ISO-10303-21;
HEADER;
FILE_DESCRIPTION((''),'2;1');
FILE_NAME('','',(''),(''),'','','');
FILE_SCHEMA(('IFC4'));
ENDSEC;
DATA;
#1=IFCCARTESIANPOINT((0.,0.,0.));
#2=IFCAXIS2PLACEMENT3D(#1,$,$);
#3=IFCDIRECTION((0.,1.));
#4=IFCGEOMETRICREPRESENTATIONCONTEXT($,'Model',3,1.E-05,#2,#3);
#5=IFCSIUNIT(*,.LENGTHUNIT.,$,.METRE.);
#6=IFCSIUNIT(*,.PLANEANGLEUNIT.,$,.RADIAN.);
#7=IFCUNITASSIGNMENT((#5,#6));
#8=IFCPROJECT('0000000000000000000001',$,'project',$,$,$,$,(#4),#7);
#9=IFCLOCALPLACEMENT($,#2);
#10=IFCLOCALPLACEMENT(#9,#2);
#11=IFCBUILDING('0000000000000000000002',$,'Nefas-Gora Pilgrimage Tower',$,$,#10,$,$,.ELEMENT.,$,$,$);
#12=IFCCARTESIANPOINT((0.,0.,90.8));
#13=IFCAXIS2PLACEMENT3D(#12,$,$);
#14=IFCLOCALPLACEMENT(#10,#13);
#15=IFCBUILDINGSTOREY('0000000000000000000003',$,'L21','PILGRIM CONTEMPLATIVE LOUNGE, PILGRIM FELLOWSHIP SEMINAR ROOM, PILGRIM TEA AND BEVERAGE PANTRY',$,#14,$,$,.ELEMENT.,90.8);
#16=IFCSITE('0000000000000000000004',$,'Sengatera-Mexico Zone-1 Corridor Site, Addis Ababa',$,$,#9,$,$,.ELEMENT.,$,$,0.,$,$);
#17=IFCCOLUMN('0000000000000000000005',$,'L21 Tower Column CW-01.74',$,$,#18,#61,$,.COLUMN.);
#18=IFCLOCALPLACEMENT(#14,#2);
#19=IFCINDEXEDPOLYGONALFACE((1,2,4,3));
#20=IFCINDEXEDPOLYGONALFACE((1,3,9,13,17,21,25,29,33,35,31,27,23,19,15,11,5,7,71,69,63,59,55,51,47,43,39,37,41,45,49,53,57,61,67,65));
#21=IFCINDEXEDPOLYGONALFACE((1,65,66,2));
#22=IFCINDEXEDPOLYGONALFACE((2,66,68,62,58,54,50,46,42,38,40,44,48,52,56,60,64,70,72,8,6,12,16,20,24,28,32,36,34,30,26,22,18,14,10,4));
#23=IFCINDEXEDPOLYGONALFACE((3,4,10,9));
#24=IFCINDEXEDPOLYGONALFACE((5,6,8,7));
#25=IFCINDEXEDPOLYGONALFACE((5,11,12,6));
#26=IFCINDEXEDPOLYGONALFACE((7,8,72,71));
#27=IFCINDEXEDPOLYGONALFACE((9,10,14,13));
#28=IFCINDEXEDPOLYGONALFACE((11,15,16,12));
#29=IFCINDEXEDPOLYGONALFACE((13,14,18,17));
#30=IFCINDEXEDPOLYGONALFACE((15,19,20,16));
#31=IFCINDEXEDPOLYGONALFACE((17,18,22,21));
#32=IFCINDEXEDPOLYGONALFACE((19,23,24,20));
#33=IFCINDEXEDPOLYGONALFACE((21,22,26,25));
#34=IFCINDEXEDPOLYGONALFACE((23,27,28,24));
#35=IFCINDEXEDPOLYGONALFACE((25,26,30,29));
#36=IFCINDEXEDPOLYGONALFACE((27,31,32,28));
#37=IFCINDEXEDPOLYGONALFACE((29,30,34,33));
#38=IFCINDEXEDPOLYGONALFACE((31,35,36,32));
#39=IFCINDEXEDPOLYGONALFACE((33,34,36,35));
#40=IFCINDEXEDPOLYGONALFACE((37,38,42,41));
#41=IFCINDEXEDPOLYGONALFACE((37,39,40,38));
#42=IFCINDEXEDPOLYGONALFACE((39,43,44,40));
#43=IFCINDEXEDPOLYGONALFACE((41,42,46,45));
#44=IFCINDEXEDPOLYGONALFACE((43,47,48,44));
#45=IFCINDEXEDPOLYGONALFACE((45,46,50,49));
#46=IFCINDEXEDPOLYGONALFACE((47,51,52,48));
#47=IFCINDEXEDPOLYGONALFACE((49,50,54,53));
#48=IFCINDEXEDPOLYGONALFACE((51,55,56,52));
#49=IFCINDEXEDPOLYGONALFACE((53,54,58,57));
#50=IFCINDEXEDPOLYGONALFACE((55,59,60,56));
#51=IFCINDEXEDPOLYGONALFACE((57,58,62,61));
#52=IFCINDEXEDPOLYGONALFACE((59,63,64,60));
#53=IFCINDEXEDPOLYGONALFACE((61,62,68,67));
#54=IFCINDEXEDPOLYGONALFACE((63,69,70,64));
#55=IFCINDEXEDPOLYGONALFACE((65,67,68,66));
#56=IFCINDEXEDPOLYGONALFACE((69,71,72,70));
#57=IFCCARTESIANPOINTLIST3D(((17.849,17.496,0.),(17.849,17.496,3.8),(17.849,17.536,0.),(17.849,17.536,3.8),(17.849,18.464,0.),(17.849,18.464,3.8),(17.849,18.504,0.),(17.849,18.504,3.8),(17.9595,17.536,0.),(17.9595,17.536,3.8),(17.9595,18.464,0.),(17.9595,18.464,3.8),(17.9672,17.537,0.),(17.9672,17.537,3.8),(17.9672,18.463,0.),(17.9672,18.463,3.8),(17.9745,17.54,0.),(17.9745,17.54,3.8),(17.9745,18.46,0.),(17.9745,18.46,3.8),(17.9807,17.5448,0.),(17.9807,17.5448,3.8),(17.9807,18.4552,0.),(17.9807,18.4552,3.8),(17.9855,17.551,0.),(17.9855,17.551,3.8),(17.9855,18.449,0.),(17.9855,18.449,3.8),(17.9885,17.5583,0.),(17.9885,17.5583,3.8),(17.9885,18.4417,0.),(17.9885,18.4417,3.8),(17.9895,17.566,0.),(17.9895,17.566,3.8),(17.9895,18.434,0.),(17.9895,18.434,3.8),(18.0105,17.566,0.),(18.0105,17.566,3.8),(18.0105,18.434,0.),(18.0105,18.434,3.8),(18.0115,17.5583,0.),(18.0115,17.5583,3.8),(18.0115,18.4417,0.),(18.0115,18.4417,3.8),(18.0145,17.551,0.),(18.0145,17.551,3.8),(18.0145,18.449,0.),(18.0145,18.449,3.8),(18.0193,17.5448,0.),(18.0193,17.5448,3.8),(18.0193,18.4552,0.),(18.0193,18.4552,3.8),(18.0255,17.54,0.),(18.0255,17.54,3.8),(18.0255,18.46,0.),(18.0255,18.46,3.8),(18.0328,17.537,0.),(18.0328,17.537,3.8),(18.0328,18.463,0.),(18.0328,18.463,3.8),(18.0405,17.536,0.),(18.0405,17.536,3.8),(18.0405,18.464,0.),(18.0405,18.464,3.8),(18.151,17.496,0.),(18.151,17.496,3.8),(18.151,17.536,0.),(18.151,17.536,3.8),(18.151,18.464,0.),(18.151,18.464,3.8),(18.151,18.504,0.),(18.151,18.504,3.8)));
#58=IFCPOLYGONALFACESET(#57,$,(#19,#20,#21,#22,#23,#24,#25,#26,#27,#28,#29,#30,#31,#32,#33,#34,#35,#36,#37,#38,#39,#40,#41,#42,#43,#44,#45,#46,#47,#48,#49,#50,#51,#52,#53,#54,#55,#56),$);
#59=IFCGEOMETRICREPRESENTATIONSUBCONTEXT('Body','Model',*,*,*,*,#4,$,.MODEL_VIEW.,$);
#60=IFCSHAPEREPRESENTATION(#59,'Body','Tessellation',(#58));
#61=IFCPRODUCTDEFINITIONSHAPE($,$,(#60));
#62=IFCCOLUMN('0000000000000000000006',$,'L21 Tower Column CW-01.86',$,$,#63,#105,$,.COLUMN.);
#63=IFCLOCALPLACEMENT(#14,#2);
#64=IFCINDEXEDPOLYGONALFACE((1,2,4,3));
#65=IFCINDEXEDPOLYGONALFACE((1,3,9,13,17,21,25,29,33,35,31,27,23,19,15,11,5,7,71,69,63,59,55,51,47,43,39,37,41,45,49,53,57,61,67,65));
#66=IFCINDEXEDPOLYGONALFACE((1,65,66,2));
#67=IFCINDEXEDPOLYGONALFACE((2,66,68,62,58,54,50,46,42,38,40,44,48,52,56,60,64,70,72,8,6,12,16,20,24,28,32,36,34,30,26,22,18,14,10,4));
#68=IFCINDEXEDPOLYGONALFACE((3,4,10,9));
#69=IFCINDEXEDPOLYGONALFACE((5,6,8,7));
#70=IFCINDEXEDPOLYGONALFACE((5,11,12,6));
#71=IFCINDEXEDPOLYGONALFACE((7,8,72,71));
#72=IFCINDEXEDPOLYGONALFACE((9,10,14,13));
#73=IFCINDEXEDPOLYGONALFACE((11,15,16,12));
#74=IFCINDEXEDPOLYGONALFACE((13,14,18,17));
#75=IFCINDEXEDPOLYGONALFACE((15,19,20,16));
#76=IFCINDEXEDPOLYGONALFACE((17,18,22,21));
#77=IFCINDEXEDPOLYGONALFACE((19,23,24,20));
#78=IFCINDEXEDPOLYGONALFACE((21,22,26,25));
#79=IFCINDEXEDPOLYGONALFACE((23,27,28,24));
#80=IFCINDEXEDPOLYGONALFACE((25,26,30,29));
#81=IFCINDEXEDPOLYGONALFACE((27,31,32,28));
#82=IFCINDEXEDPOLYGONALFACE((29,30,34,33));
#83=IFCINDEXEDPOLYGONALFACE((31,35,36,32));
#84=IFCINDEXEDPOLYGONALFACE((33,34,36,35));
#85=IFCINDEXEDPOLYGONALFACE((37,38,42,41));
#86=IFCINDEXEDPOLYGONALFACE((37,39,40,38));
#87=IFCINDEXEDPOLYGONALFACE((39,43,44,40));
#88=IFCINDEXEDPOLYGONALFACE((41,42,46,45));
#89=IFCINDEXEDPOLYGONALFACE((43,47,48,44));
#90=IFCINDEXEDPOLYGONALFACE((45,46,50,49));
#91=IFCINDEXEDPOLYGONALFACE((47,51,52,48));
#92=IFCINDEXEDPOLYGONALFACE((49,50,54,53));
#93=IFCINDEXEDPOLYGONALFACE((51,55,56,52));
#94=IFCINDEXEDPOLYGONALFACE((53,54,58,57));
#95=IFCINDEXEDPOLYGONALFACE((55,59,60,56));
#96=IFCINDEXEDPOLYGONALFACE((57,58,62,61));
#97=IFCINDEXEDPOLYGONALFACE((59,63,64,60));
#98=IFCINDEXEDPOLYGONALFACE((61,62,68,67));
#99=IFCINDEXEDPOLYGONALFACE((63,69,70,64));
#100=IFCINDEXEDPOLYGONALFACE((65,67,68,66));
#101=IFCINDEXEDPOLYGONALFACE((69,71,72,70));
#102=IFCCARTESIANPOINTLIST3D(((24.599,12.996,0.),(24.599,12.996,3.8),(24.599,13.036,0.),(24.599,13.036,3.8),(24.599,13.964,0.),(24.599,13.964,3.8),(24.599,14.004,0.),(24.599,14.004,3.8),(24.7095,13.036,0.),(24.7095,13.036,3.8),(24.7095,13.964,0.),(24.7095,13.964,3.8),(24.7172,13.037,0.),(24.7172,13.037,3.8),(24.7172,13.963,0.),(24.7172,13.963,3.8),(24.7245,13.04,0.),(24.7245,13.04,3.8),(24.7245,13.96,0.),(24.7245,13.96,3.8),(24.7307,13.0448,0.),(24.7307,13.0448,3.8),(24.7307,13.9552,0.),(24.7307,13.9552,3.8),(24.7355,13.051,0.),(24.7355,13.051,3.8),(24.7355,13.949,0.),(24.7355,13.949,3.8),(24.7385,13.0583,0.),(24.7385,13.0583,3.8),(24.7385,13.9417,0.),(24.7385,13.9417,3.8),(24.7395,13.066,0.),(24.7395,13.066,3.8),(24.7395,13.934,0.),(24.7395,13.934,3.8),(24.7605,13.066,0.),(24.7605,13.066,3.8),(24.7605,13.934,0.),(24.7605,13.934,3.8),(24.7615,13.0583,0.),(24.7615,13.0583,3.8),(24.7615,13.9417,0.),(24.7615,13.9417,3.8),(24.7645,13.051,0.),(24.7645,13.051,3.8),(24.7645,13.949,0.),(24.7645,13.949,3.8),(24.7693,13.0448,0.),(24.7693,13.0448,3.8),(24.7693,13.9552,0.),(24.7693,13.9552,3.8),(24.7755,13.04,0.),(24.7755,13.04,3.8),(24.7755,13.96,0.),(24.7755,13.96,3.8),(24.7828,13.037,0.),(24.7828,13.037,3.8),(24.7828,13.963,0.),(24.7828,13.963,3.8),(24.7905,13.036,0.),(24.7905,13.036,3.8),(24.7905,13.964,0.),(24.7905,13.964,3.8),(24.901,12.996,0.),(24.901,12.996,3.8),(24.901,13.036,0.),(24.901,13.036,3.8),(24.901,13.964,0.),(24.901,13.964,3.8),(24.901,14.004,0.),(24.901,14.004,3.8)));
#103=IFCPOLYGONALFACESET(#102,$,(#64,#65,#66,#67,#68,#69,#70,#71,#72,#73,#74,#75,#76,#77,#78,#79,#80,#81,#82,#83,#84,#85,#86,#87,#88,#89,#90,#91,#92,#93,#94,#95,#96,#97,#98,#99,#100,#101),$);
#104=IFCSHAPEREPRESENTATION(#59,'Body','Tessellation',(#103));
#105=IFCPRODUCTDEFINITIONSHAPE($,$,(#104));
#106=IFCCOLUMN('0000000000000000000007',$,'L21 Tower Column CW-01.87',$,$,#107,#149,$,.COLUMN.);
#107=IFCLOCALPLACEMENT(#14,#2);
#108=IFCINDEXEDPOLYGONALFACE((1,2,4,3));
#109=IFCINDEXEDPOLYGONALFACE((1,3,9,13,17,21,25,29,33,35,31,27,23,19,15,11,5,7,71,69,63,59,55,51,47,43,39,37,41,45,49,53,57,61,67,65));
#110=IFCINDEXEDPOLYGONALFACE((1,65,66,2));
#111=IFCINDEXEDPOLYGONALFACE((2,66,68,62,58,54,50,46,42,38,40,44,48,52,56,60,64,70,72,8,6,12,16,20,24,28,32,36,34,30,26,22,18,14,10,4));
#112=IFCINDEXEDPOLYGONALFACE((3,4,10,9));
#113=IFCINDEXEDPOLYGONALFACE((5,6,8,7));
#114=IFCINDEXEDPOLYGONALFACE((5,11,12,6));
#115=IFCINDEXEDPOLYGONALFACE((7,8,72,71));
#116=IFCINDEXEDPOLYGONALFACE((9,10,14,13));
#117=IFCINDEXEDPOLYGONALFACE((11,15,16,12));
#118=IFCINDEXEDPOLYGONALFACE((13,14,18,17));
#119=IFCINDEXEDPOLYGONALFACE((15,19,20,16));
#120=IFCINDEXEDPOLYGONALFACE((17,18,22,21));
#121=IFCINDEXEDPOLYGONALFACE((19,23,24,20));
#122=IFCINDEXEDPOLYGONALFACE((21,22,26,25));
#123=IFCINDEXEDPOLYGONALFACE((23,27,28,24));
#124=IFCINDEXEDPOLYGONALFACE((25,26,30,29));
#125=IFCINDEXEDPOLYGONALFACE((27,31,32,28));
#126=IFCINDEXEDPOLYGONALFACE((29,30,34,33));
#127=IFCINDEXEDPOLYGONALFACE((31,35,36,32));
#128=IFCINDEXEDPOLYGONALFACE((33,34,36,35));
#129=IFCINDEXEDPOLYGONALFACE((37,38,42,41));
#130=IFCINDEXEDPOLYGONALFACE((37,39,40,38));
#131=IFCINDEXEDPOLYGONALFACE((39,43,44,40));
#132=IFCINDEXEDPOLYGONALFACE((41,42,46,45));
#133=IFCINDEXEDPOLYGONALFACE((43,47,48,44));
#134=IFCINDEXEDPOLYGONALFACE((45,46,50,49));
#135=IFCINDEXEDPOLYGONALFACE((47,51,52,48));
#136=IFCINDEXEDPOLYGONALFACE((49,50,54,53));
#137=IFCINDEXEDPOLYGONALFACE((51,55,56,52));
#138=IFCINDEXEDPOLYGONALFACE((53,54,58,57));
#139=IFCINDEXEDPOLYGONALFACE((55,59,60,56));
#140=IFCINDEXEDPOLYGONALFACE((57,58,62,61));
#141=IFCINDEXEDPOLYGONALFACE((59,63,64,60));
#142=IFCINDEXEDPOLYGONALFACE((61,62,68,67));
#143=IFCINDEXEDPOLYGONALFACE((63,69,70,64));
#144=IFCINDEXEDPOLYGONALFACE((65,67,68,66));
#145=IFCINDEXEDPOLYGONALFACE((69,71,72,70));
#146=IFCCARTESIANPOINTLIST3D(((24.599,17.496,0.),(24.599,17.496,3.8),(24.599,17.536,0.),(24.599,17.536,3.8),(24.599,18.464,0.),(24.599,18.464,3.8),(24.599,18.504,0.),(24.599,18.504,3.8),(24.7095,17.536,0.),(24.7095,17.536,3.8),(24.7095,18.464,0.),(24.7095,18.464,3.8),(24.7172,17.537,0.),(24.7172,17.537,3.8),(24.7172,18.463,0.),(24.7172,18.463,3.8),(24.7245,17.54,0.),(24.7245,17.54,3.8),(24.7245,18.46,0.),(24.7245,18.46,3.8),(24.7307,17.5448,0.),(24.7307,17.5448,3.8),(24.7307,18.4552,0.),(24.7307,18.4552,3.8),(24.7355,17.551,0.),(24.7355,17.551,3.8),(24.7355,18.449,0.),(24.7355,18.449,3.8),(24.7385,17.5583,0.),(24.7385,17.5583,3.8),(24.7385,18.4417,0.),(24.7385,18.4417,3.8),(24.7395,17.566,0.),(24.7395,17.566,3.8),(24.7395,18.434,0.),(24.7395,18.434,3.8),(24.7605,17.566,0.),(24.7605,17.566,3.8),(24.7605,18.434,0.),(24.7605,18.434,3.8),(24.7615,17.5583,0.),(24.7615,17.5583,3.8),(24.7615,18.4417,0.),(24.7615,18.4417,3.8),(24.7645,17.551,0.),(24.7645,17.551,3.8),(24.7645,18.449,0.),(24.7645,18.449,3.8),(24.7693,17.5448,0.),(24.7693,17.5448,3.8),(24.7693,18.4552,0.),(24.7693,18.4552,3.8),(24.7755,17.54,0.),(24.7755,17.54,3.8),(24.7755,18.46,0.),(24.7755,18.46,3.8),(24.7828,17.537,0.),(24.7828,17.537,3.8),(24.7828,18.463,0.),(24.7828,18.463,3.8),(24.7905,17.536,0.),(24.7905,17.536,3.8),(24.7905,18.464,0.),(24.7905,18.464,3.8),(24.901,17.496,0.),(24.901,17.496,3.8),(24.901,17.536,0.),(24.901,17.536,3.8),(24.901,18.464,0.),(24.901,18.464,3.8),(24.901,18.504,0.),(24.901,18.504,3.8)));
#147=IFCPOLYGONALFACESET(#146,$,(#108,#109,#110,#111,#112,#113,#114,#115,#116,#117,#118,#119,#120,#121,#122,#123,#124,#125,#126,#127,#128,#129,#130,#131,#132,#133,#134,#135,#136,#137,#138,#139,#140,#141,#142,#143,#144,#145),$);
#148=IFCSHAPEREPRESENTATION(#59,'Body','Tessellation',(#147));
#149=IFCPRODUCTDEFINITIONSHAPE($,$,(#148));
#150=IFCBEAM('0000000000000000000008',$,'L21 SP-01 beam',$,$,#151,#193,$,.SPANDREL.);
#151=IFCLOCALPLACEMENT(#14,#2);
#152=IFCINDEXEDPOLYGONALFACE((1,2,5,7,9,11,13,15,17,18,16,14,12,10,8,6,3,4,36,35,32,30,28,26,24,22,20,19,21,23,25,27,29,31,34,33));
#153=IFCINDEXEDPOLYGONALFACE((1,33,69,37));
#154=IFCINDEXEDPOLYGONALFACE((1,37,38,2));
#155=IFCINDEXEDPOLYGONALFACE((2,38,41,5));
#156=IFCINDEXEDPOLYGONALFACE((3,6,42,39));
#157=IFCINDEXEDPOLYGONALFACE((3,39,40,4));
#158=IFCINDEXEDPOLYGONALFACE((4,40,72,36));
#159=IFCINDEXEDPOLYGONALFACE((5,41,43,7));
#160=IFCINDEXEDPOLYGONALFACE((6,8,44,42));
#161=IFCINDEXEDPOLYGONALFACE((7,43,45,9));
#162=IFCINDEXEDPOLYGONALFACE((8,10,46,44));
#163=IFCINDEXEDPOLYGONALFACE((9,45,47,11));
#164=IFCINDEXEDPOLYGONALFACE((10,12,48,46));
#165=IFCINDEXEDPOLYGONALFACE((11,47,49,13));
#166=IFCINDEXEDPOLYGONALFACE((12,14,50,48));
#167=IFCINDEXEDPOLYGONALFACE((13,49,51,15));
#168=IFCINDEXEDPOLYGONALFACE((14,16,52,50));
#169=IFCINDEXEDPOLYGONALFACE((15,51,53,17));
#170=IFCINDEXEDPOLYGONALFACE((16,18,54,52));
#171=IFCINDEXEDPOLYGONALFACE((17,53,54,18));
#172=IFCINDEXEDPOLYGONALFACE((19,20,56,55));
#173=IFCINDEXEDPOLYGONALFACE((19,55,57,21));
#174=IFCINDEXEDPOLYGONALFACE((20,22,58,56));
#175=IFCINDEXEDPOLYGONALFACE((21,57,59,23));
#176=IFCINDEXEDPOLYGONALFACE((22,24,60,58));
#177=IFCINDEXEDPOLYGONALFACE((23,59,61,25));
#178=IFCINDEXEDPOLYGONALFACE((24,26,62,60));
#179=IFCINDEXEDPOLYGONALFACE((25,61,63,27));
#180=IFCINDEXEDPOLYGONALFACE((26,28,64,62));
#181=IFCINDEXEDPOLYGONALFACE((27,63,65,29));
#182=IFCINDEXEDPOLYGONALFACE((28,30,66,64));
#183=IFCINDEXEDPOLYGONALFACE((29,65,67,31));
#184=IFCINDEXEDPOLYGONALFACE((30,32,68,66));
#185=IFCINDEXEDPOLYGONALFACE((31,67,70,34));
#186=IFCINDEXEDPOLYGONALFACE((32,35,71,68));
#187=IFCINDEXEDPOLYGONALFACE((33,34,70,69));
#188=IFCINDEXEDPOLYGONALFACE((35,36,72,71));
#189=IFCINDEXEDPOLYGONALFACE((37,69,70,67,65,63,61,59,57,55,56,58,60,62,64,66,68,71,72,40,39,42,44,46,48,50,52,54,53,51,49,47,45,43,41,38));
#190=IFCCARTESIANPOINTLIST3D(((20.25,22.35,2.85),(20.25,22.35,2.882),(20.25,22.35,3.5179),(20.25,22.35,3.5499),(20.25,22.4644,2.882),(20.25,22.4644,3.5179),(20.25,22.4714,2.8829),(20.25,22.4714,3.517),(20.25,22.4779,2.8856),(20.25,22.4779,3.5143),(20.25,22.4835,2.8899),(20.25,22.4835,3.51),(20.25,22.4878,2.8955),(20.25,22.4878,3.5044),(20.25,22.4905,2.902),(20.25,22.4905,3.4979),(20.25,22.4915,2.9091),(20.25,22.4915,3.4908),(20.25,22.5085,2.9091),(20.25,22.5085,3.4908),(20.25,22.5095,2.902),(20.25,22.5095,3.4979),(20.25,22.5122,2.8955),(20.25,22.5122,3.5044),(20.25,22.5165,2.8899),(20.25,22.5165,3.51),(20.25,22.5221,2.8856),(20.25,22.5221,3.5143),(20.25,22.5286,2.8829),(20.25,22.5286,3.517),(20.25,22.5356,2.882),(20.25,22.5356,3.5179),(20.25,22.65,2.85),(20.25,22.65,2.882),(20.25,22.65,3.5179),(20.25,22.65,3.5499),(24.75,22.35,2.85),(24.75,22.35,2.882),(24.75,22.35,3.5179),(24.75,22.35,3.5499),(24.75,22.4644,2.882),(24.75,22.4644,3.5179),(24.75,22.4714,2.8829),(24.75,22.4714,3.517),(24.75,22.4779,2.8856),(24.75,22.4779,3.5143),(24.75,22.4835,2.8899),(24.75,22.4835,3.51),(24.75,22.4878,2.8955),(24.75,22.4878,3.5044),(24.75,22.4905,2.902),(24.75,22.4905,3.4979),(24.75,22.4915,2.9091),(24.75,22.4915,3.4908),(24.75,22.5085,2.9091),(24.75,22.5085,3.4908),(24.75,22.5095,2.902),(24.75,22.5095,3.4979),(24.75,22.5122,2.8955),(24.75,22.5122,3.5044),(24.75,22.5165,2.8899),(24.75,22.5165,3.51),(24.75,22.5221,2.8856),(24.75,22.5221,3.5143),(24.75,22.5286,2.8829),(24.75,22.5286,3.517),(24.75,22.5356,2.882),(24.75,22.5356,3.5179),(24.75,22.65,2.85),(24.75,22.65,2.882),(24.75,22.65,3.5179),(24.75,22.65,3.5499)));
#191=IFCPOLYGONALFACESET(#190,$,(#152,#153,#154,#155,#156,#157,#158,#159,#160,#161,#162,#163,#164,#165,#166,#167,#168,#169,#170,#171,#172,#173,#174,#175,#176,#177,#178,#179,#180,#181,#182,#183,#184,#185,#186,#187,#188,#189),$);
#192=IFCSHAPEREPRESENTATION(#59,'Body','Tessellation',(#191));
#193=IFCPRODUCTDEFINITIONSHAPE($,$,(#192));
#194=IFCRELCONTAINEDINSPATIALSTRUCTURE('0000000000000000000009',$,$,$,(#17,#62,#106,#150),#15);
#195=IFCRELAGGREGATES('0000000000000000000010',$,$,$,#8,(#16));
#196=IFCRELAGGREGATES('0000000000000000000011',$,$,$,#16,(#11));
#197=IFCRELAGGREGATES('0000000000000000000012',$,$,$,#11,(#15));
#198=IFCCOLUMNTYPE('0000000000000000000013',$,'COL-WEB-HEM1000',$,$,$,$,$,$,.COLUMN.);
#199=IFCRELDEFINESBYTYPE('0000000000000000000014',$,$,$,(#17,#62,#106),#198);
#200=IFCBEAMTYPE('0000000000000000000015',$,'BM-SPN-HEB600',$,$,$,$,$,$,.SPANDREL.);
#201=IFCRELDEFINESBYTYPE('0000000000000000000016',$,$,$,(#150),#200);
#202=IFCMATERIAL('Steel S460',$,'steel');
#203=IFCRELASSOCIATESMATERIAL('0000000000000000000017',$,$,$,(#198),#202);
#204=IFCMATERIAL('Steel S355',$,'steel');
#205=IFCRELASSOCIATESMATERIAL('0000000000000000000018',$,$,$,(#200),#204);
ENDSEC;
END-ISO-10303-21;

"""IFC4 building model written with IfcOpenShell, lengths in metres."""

from ifc_helpers import new_model, si_unit, direction, frame, origin, origin_2d, place, context, subcontext, project, spatial, i_section, extrude, source, transform, mapped, material, material_profile, profile_set, type_object, element, save


model = new_model("IFC4")

# Units and contexts
model_context = context("Model", 3, precision=1e-05, world=origin(), true_north=direction((0.0, 1.0)))
body_context = subcontext(model_context, "Body", "Model", "MODEL_VIEW")
ifc_project = project(units=[si_unit("LENGTHUNIT", "METRE"), si_unit("PLANEANGLEUNIT", "RADIAN")], contexts=[model_context])

# Site, building, storey
site_placement = place(None, origin())
site = spatial("IfcSite", under=ifc_project, at=site_placement, Name="Sengatera-Mexico Zone-1 Corridor Site, Addis Ababa", CompositionType="ELEMENT", RefElevation=0.0)
building_placement = place(site_placement, origin())
building = spatial("IfcBuilding", under=site, at=building_placement, Name="Nefas-Gora Pilgrimage Tower", CompositionType="ELEMENT")
storey_placement = place(building_placement, frame((0.0, 0.0, 90.8)))
storey = spatial("IfcBuildingStorey", under=building, at=storey_placement, Name="L21", Description="PILGRIM CONTEMPLATIVE LOUNGE, PILGRIM FELLOWSHIP SEMINAR ROOM, PILGRIM TEA AND BEVERAGE PANTRY", CompositionType="ELEMENT", Elevation=90.8)

# Columns
ifc_material_1 = material(Name="Steel S460", Category="steel")
ifc_material_profile_1 = material_profile(ifc_material_1, i_section(OverallWidth=0.302, OverallDepth=1.0081, WebThickness=0.021, FlangeThickness=0.04, FilletRadius=0.03, at=origin_2d()), Name="HEM 1000")
ifc_profile_set_1 = profile_set([ifc_material_profile_1], Name="Steel S460")
column_type_1 = type_object("IfcColumnType", Name="COL-WEB-HEM1000", PredefinedType="COLUMN", material=ifc_profile_set_1)
shared_shape_1 = source(origin(), body_context, "Body", "SweptSolid", [
    extrude(i_section(OverallWidth=0.302, OverallDepth=1.0081, WebThickness=0.021, FlangeThickness=0.04, FilletRadius=0.03, at=origin_2d()), origin(), (0.0, 0.0, 1.0), 3.8),
])
for number, where, z_axis, x_axis, name in (
    (1, (18.0, 18.0, 0.0), (0.0, 0.0, 1.0), (1.0, 0.0, 0.0), "L21 Tower Column CW-01.74"),
    (2, (24.75, 13.5, 0.0), (0.0, 0.0, 1.0), (1.0, 0.0, 0.0), "L21 Tower Column CW-01.86"),
    (3, (24.75, 18.0, 0.0), (0.0, 0.0, 1.0), (1.0, 0.0, 0.0), "L21 Tower Column CW-01.87"),
):
    element("IfcColumn", number, at=place(storey_placement, frame(where, z_axis=z_axis, x_axis=x_axis)), inside=storey, type_object=column_type_1, Name=name, PredefinedType="COLUMN", context=body_context, shape_type="MappedRepresentation", body=[
        mapped(shared_shape_1, transform((0.0, 0.0, 0.0), x_axis=(1.0, 0.0, 0.0), y_axis=(0.0, 1.0, 0.0), z_axis=(0.0, 0.0, 1.0), scale=1.0)),
    ])

# Beam
ifc_material_2 = material(Name="Steel S355", Category="steel")
ifc_material_profile_2 = material_profile(ifc_material_2, i_section(OverallWidth=0.3, OverallDepth=0.7, WebThickness=0.0171, FlangeThickness=0.032, FilletRadius=0.0271, at=origin_2d()), Name="HEB 700")
ifc_profile_set_2 = profile_set([ifc_material_profile_2], Name="Steel S355")
beam_type_1 = type_object("IfcBeamType", Name="BM-SPN-HEB600", PredefinedType="SPANDREL", material=ifc_profile_set_2)
shared_shape_2 = source(origin(), body_context, "Body", "SweptSolid", [
    extrude(i_section(OverallWidth=0.3, OverallDepth=0.7, WebThickness=0.0171, FlangeThickness=0.032, FilletRadius=0.0271, at=origin_2d()), origin(), (0.0, 0.0, 1.0), 4.5),
])
beam_1_placement = place(storey_placement, frame((20.25, 22.5, 3.2), z_axis=(1.0, 0.0, 0.0), x_axis=(0.0, 1.0, 0.0)))
element("IfcBeam", 4, at=beam_1_placement, inside=storey, type_object=beam_type_1, Name="L21 SP-01 beam", PredefinedType="SPANDREL", context=body_context, shape_type="MappedRepresentation", body=[
    mapped(shared_shape_2, transform((0.0, 0.0, 0.0), x_axis=(1.0, 0.0, 0.0), y_axis=(0.0, 1.0, 0.0), z_axis=(0.0, 0.0, 1.0), scale=1.0)),
])

save(model, "model.ifc")
